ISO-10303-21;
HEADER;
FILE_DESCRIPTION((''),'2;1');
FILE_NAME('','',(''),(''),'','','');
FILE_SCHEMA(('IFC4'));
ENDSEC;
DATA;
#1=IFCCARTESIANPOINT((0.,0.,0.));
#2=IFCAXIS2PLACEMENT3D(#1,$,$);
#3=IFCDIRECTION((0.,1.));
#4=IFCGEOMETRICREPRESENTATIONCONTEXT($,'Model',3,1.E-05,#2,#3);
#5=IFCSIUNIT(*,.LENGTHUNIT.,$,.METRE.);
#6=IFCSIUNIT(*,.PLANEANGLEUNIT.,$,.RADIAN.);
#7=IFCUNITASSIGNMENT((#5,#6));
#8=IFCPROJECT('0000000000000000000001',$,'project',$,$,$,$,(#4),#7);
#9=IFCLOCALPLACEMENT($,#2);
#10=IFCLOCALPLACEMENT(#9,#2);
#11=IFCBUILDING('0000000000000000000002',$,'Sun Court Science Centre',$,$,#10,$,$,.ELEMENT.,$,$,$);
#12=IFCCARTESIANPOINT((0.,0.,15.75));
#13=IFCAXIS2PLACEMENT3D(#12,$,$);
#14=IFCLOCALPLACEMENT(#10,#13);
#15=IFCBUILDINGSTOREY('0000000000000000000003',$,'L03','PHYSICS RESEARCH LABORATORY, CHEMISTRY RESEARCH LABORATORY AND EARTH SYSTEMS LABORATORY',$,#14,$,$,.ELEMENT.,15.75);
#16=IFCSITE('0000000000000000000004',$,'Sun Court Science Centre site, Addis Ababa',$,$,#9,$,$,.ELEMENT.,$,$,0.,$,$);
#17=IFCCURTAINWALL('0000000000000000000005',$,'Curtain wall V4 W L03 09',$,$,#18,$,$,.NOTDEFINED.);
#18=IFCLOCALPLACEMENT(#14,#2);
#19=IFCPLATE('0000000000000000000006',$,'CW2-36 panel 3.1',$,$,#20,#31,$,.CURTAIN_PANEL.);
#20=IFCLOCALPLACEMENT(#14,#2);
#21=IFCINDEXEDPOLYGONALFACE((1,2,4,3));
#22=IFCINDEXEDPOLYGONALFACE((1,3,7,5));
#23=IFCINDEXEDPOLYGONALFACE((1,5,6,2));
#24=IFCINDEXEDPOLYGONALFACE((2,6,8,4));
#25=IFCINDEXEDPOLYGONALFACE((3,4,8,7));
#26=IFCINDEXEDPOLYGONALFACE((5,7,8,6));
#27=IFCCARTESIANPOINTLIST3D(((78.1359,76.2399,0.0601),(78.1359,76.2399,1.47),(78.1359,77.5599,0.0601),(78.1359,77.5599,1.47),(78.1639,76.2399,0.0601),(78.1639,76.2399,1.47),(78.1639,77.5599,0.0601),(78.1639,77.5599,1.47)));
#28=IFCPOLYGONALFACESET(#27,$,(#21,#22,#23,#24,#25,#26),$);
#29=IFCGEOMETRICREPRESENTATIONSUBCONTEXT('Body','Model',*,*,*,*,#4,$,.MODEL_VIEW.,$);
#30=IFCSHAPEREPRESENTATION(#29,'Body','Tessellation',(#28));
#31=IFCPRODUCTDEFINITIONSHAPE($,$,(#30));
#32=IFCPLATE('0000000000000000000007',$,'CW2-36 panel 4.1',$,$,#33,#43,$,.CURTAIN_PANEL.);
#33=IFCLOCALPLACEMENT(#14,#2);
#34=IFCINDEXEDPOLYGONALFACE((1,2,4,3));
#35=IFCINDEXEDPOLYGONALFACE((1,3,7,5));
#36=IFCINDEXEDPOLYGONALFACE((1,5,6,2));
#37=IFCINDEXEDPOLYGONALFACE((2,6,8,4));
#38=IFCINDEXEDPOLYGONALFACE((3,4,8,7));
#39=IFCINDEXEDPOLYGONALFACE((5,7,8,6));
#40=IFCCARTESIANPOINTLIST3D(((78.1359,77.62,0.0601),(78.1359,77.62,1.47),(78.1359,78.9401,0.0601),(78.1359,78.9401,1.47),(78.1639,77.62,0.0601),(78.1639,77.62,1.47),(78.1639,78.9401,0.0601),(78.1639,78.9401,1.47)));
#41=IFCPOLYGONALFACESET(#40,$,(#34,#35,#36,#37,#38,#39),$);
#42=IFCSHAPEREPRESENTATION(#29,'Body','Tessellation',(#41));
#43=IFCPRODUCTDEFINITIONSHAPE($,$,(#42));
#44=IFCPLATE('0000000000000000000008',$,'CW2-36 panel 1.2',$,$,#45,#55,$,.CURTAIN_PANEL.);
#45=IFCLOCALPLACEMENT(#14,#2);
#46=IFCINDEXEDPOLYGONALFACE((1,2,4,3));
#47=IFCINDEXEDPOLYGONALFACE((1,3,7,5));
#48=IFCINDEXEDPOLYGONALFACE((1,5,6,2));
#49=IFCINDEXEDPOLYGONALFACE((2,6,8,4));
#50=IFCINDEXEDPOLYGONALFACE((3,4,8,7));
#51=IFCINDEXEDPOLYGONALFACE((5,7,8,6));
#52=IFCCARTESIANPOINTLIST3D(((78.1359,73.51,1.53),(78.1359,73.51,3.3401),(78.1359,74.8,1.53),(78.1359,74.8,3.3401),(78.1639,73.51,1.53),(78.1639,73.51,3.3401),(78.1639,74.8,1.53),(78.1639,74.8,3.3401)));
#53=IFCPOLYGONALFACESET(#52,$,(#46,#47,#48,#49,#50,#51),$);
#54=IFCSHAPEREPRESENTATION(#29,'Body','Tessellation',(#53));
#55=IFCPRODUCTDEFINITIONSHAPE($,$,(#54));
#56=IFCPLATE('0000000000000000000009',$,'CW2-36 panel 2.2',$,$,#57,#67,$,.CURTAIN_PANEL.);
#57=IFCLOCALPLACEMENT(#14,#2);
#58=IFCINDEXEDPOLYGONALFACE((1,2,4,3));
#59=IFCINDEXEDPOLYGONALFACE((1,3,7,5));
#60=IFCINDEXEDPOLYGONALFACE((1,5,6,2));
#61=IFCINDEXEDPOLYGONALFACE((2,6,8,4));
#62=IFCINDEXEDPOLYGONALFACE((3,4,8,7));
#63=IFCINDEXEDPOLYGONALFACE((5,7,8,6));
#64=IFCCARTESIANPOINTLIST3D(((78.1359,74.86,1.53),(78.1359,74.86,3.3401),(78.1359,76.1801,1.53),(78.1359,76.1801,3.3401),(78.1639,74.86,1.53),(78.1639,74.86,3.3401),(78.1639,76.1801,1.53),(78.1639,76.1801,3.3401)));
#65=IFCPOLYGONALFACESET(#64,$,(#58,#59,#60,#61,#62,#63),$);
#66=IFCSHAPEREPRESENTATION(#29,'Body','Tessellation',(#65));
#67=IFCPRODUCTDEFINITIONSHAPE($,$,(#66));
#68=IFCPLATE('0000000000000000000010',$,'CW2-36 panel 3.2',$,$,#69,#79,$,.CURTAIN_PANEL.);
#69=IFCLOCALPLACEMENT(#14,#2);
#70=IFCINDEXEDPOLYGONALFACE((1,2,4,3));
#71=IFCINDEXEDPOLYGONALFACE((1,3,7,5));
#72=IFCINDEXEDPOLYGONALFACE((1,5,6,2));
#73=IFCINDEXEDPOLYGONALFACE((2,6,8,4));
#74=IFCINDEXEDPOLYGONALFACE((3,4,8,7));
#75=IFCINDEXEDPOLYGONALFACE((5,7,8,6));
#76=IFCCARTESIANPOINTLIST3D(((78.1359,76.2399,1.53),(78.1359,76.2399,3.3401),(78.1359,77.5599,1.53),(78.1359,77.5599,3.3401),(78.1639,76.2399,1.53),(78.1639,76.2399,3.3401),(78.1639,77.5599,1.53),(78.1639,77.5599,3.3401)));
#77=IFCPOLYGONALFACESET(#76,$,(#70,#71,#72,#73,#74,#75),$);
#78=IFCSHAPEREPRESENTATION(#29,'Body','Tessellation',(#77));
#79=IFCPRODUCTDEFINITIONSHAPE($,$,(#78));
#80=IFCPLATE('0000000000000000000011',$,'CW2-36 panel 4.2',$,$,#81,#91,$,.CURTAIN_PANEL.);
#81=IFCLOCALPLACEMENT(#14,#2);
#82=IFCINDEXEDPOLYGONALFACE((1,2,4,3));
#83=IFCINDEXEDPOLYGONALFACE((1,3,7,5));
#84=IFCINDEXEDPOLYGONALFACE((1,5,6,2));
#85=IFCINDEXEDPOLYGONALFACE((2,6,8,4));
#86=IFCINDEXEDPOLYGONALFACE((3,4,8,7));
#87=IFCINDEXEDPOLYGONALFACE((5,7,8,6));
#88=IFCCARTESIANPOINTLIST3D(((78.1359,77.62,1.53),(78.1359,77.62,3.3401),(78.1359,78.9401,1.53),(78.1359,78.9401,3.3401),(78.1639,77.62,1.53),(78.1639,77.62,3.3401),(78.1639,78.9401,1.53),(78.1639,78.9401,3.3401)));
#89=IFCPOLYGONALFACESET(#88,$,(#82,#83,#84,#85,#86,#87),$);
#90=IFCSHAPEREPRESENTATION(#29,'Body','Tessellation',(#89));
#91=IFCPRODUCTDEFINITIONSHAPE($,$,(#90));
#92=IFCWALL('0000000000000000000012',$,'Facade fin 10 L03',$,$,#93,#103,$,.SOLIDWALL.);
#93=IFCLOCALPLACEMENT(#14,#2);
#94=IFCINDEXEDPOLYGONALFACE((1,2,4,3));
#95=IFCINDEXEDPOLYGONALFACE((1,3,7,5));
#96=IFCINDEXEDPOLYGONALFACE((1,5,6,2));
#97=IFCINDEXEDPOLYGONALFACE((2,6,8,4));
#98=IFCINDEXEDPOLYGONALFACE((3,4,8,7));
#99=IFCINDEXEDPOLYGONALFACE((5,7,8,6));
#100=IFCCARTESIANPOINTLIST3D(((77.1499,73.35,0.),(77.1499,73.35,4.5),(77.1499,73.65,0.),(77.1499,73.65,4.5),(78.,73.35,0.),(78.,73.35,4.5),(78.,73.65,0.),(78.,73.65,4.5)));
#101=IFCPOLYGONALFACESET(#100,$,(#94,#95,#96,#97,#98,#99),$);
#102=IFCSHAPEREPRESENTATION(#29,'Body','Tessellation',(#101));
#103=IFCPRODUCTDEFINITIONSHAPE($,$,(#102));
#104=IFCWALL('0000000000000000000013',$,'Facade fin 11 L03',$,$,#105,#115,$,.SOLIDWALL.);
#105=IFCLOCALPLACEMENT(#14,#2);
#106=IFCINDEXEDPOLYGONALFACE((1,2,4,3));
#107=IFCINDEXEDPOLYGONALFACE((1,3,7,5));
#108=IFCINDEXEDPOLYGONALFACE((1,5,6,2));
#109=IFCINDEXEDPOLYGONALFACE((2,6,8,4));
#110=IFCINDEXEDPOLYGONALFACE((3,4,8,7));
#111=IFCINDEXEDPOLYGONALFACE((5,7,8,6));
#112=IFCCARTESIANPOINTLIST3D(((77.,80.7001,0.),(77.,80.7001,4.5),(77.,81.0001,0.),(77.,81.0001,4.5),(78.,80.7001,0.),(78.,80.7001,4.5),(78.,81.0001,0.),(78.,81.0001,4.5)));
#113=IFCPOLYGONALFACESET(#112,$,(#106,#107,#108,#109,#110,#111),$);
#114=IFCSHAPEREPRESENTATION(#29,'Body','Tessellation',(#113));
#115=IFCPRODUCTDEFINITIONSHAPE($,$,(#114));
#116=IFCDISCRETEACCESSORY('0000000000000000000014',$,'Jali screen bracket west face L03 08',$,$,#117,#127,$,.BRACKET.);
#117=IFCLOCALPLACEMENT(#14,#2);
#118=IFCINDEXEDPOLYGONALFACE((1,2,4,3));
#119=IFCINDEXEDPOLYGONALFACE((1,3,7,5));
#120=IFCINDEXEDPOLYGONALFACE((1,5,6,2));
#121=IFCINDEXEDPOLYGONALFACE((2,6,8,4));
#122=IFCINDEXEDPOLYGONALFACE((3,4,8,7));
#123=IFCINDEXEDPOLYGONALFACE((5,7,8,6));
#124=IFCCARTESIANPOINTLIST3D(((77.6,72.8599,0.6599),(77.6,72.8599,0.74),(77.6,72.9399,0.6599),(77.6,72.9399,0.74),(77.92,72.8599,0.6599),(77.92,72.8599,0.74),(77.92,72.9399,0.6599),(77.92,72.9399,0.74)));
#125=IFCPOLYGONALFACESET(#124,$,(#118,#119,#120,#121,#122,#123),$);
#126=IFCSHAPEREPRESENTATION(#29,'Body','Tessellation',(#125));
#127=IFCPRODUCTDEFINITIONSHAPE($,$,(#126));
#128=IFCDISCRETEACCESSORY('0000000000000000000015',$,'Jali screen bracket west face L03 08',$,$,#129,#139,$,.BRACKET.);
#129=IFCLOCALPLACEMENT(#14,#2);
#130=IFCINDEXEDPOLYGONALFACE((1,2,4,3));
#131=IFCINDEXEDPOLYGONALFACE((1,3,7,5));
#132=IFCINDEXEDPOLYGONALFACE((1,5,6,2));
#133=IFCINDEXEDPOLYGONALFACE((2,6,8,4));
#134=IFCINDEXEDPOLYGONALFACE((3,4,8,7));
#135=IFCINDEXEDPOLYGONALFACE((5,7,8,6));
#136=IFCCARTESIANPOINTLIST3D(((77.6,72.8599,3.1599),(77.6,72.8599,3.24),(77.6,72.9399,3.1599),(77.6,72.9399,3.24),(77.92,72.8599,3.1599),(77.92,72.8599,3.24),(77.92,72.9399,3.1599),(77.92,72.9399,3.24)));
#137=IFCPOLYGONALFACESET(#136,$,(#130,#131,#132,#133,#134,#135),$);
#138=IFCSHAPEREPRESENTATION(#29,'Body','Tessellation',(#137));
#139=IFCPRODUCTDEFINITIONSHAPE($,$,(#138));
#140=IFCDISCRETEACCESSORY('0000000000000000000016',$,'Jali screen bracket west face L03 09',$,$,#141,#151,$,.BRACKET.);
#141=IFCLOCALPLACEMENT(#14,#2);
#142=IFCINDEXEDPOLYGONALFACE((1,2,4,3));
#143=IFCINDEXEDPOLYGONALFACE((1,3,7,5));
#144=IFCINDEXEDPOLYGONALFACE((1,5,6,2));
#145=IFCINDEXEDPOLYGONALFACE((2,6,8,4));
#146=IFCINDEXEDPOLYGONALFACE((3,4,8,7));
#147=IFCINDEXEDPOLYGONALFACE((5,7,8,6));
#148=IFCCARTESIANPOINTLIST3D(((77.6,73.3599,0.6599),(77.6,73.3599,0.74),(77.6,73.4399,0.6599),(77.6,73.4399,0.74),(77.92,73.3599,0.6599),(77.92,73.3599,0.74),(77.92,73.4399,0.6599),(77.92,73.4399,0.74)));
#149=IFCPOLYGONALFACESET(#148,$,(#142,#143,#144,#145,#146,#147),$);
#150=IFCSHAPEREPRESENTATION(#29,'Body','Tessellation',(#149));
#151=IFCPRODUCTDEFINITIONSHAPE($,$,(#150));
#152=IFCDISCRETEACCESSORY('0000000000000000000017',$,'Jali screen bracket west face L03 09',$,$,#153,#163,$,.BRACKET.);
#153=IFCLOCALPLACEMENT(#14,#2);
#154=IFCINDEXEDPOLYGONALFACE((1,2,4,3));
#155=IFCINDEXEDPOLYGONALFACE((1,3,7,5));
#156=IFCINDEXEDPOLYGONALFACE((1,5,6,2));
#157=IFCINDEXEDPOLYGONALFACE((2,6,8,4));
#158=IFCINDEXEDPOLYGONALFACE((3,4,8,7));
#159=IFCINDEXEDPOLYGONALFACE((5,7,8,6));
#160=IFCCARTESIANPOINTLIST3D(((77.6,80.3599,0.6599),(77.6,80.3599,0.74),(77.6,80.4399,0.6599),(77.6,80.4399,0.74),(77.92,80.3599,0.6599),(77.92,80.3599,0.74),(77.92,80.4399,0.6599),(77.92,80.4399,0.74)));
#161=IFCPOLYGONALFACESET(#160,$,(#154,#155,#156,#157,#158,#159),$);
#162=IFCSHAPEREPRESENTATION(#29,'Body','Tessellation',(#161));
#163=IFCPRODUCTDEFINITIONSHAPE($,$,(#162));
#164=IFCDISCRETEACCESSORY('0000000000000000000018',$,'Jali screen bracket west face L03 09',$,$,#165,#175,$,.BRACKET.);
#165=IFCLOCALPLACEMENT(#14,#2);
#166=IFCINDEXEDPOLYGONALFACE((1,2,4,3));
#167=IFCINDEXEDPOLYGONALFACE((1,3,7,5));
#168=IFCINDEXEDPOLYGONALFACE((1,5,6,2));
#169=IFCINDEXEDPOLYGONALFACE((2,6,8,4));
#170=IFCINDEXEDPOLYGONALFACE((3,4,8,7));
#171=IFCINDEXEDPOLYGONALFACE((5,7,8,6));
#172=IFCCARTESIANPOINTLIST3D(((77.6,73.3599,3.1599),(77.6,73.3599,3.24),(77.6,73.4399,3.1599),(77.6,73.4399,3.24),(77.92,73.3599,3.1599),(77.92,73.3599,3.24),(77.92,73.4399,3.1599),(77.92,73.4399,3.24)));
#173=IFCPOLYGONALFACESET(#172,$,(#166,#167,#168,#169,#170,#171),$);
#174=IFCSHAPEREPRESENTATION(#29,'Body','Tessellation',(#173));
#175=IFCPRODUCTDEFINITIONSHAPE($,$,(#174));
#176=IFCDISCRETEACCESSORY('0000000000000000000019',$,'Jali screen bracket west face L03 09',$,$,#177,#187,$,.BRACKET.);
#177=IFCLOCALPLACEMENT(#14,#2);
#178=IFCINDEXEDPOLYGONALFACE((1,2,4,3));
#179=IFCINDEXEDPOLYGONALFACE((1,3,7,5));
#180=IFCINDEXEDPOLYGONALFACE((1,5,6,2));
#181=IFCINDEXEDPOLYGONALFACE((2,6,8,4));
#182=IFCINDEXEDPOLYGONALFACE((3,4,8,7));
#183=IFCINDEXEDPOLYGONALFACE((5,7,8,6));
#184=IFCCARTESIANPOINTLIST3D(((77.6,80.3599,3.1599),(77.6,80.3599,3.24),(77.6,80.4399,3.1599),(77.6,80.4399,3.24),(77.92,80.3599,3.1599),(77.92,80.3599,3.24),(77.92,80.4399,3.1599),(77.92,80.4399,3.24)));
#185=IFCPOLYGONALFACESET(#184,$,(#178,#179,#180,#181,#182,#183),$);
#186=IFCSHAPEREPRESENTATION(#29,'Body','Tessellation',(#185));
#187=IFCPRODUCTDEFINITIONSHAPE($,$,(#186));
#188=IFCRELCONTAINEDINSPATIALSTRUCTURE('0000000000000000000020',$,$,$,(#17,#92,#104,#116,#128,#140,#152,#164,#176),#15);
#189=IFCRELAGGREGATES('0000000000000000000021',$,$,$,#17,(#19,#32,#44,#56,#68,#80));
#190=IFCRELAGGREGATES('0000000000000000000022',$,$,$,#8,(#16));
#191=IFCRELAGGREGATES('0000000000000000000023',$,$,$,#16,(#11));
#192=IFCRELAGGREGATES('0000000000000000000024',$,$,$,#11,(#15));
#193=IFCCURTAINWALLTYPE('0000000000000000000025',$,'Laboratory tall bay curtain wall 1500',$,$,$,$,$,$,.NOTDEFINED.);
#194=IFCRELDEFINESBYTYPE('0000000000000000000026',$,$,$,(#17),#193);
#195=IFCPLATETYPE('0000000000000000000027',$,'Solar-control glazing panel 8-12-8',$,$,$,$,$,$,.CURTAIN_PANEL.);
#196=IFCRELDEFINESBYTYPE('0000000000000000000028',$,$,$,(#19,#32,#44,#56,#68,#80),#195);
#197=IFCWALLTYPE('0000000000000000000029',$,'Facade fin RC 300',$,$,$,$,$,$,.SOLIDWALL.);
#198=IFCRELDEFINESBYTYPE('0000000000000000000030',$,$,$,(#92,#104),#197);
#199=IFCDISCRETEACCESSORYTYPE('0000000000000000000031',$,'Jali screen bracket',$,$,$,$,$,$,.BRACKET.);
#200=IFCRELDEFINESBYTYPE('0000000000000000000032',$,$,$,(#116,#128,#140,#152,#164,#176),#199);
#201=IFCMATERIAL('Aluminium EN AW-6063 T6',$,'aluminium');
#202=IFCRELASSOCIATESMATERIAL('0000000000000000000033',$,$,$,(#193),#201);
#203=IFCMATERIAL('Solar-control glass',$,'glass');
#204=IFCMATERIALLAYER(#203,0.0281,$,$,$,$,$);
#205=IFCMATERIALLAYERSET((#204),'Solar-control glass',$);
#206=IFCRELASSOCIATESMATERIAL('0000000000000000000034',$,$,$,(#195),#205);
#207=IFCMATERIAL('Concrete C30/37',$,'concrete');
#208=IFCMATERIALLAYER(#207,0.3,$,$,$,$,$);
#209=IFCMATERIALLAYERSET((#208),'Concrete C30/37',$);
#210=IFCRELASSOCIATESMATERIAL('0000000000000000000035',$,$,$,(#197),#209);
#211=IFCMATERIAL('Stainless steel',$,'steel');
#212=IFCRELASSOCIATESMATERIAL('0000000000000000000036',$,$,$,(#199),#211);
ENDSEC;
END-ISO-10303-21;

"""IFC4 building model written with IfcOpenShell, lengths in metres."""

from ifc_helpers import new_model, si_unit, direction, frame, frame_2d, origin, origin_2d, place, context, subcontext, project, spatial, rectangle, extrude, material, layer, layer_set, type_object, element, aggregate, save


model = new_model("IFC4")

# Units and contexts
model_context = context("Model", 3, precision=1e-05, world=origin(), true_north=direction((0.0, 1.0)))
body_context = subcontext(model_context, "Body", "Model", "MODEL_VIEW")
ifc_project = project(units=[si_unit("LENGTHUNIT", "METRE"), si_unit("PLANEANGLEUNIT", "RADIAN")], contexts=[model_context])

# Site, building, storey
site_placement = place(None, origin())
site = spatial("IfcSite", under=ifc_project, at=site_placement, Name="Sun Court Science Centre site, Addis Ababa", CompositionType="ELEMENT", RefElevation=0.0)
building_placement = place(site_placement, origin())
building = spatial("IfcBuilding", under=site, at=building_placement, Name="Sun Court Science Centre", CompositionType="ELEMENT")
storey_placement = place(building_placement, frame((0.0, 0.0, 15.75)))
storey = spatial("IfcBuildingStorey", under=building, at=storey_placement, Name="L03", Description="PHYSICS RESEARCH LABORATORY, CHEMISTRY RESEARCH LABORATORY AND EARTH SYSTEMS LABORATORY", CompositionType="ELEMENT", Elevation=15.75)

# Shared definitions
ifc_material_1 = material(Name="Aluminium EN AW-6063 T6", Category="aluminium")
curtain_wall_type = type_object("IfcCurtainWallType", Name="Laboratory tall bay curtain wall 1500", PredefinedType="NOTDEFINED", material=ifc_material_1)

# Curtain wall
curtain_wall_1_placement = place(storey_placement, origin())
curtain_wall_1 = element("IfcCurtainWall", 1, at=curtain_wall_1_placement, inside=storey, type_object=curtain_wall_type, Name="Curtain wall V4 W L03 09", PredefinedType="NOTDEFINED")

# Plates
ifc_material_2 = material(Name="Solar-control glass", Category="glass")
ifc_layer_1 = layer(ifc_material_2, 0.0281)
ifc_layer_set_1 = layer_set([ifc_layer_1], Name="Solar-control glass")
plate_type = type_object("IfcPlateType", Name="Solar-control glazing panel 8-12-8", PredefinedType="CURTAIN_PANEL", material=ifc_layer_set_1)
plate_1_placement = place(storey_placement, frame((78.1499, 76.8999, 0.0601), z_axis=(0.0, 0.0, 1.0), x_axis=(0.0, 1.0, 0.0)))
plate_1 = element("IfcPlate", 2, at=plate_1_placement, type_object=plate_type, Name="CW2-36 panel 3.1", PredefinedType="CURTAIN_PANEL", context=body_context, shape_type="SweptSolid", body=[
    extrude(rectangle(XDim=1.3201, YDim=0.0281, at=origin_2d()), origin(), (0.0, 0.0, 1.0), 1.4099),
])
plate_2_placement = place(storey_placement, frame((78.1499, 78.28, 0.0601), z_axis=(0.0, 0.0, 1.0), x_axis=(0.0, 1.0, 0.0)))
plate_2 = element("IfcPlate", 3, at=plate_2_placement, type_object=plate_type, Name="CW2-36 panel 4.1", PredefinedType="CURTAIN_PANEL", context=body_context, shape_type="SweptSolid", body=[
    extrude(rectangle(XDim=1.3201, YDim=0.0281, at=origin_2d()), origin(), (0.0, 0.0, 1.0), 1.4099),
])
plate_3_placement = place(storey_placement, frame((78.1499, 74.155, 1.53), z_axis=(0.0, 0.0, 1.0), x_axis=(0.0, 1.0, 0.0)))
plate_3 = element("IfcPlate", 4, at=plate_3_placement, type_object=plate_type, Name="CW2-36 panel 1.2", PredefinedType="CURTAIN_PANEL", context=body_context, shape_type="SweptSolid", body=[
    extrude(rectangle(XDim=1.29, YDim=0.0281, at=origin_2d()), origin(), (0.0, 0.0, 1.0), 1.8101),
])
plate_4_placement = place(storey_placement, frame((78.1499, 75.52, 1.53), z_axis=(0.0, 0.0, 1.0), x_axis=(0.0, 1.0, 0.0)))
plate_4 = element("IfcPlate", 5, at=plate_4_placement, type_object=plate_type, Name="CW2-36 panel 2.2", PredefinedType="CURTAIN_PANEL", context=body_context, shape_type="SweptSolid", body=[
    extrude(rectangle(XDim=1.3201, YDim=0.0281, at=origin_2d()), origin(), (0.0, 0.0, 1.0), 1.8101),
])
plate_5_placement = place(storey_placement, frame((78.1499, 76.8999, 1.53), z_axis=(0.0, 0.0, 1.0), x_axis=(0.0, 1.0, 0.0)))
plate_5 = element("IfcPlate", 6, at=plate_5_placement, type_object=plate_type, Name="CW2-36 panel 3.2", PredefinedType="CURTAIN_PANEL", context=body_context, shape_type="SweptSolid", body=[
    extrude(rectangle(XDim=1.3201, YDim=0.0281, at=origin_2d()), origin(), (0.0, 0.0, 1.0), 1.8101),
])
plate_6_placement = place(storey_placement, frame((78.1499, 78.28, 1.53), z_axis=(0.0, 0.0, 1.0), x_axis=(0.0, 1.0, 0.0)))
plate_6 = element("IfcPlate", 7, at=plate_6_placement, type_object=plate_type, Name="CW2-36 panel 4.2", PredefinedType="CURTAIN_PANEL", context=body_context, shape_type="SweptSolid", body=[
    extrude(rectangle(XDim=1.3201, YDim=0.0281, at=origin_2d()), origin(), (0.0, 0.0, 1.0), 1.8101),
])
aggregate(curtain_wall_1, [plate_1, plate_2, plate_3, plate_4, plate_5, plate_6])

# Walls
ifc_material_3 = material(Name="Concrete C30/37", Category="concrete")
ifc_layer_2 = layer(ifc_material_3, 0.3)
ifc_layer_set_2 = layer_set([ifc_layer_2], Name="Concrete C30/37")
wall_type = type_object("IfcWallType", Name="Facade fin RC 300", PredefinedType="SOLIDWALL", material=ifc_layer_set_2)
wall_1_placement = place(storey_placement, frame((77.1499, 73.5, 0.0), z_axis=(0.0, 0.0, 1.0), x_axis=(1.0, 0.0, 0.0)))
element("IfcWall", 8, at=wall_1_placement, inside=storey, type_object=wall_type, Name="Facade fin 10 L03", PredefinedType="SOLIDWALL", context=body_context, shape_type="SweptSolid", body=[
    extrude(rectangle(XDim=0.8501, YDim=0.3, at=frame_2d((0.425, 0.0))), origin(), (0.0, 0.0, 1.0), 4.5),
])
wall_2_placement = place(storey_placement, frame((77.0, 80.8501, 0.0), z_axis=(0.0, 0.0, 1.0), x_axis=(1.0, 0.0, 0.0)))
element("IfcWall", 9, at=wall_2_placement, inside=storey, type_object=wall_type, Name="Facade fin 11 L03", PredefinedType="SOLIDWALL", context=body_context, shape_type="SweptSolid", body=[
    extrude(rectangle(XDim=1.0, YDim=0.3, at=frame_2d((0.5, 0.0))), origin(), (0.0, 0.0, 1.0), 4.5),
])

# Discrete accessories
ifc_material_4 = material(Name="Stainless steel", Category="steel")
discrete_accessory_type = type_object("IfcDiscreteAccessoryType", Name="Jali screen bracket", PredefinedType="BRACKET", material=ifc_material_4)
for number, where, z_axis, x_axis, name in (
    (10, (77.76, 72.8999, 0.6599), (0.0, 0.0, 1.0), (0.0, 1.0, 0.0), "Jali screen bracket west face L03 08"),
    (11, (77.76, 72.8999, 3.1599), (0.0, 0.0, 1.0), (0.0, 1.0, 0.0), "Jali screen bracket west face L03 08"),
    (12, (77.76, 73.3999, 0.6599), (0.0, 0.0, 1.0), (0.0, 1.0, 0.0), "Jali screen bracket west face L03 09"),
    (13, (77.76, 80.3999, 0.6599), (0.0, 0.0, 1.0), (0.0, 1.0, 0.0), "Jali screen bracket west face L03 09"),
    (14, (77.76, 73.3999, 3.1599), (0.0, 0.0, 1.0), (0.0, 1.0, 0.0), "Jali screen bracket west face L03 09"),
    (15, (77.76, 80.3999, 3.1599), (0.0, 0.0, 1.0), (0.0, 1.0, 0.0), "Jali screen bracket west face L03 09"),
):
    element("IfcDiscreteAccessory", number, at=place(storey_placement, frame(where, z_axis=z_axis, x_axis=x_axis)), inside=storey, type_object=discrete_accessory_type, Name=name, PredefinedType="BRACKET", context=body_context, shape_type="SweptSolid", body=[
        extrude(rectangle(XDim=0.0801, YDim=0.3201, at=origin_2d()), origin(), (0.0, 0.0, 1.0), 0.0801),
    ])

save(model, "model.ifc")
